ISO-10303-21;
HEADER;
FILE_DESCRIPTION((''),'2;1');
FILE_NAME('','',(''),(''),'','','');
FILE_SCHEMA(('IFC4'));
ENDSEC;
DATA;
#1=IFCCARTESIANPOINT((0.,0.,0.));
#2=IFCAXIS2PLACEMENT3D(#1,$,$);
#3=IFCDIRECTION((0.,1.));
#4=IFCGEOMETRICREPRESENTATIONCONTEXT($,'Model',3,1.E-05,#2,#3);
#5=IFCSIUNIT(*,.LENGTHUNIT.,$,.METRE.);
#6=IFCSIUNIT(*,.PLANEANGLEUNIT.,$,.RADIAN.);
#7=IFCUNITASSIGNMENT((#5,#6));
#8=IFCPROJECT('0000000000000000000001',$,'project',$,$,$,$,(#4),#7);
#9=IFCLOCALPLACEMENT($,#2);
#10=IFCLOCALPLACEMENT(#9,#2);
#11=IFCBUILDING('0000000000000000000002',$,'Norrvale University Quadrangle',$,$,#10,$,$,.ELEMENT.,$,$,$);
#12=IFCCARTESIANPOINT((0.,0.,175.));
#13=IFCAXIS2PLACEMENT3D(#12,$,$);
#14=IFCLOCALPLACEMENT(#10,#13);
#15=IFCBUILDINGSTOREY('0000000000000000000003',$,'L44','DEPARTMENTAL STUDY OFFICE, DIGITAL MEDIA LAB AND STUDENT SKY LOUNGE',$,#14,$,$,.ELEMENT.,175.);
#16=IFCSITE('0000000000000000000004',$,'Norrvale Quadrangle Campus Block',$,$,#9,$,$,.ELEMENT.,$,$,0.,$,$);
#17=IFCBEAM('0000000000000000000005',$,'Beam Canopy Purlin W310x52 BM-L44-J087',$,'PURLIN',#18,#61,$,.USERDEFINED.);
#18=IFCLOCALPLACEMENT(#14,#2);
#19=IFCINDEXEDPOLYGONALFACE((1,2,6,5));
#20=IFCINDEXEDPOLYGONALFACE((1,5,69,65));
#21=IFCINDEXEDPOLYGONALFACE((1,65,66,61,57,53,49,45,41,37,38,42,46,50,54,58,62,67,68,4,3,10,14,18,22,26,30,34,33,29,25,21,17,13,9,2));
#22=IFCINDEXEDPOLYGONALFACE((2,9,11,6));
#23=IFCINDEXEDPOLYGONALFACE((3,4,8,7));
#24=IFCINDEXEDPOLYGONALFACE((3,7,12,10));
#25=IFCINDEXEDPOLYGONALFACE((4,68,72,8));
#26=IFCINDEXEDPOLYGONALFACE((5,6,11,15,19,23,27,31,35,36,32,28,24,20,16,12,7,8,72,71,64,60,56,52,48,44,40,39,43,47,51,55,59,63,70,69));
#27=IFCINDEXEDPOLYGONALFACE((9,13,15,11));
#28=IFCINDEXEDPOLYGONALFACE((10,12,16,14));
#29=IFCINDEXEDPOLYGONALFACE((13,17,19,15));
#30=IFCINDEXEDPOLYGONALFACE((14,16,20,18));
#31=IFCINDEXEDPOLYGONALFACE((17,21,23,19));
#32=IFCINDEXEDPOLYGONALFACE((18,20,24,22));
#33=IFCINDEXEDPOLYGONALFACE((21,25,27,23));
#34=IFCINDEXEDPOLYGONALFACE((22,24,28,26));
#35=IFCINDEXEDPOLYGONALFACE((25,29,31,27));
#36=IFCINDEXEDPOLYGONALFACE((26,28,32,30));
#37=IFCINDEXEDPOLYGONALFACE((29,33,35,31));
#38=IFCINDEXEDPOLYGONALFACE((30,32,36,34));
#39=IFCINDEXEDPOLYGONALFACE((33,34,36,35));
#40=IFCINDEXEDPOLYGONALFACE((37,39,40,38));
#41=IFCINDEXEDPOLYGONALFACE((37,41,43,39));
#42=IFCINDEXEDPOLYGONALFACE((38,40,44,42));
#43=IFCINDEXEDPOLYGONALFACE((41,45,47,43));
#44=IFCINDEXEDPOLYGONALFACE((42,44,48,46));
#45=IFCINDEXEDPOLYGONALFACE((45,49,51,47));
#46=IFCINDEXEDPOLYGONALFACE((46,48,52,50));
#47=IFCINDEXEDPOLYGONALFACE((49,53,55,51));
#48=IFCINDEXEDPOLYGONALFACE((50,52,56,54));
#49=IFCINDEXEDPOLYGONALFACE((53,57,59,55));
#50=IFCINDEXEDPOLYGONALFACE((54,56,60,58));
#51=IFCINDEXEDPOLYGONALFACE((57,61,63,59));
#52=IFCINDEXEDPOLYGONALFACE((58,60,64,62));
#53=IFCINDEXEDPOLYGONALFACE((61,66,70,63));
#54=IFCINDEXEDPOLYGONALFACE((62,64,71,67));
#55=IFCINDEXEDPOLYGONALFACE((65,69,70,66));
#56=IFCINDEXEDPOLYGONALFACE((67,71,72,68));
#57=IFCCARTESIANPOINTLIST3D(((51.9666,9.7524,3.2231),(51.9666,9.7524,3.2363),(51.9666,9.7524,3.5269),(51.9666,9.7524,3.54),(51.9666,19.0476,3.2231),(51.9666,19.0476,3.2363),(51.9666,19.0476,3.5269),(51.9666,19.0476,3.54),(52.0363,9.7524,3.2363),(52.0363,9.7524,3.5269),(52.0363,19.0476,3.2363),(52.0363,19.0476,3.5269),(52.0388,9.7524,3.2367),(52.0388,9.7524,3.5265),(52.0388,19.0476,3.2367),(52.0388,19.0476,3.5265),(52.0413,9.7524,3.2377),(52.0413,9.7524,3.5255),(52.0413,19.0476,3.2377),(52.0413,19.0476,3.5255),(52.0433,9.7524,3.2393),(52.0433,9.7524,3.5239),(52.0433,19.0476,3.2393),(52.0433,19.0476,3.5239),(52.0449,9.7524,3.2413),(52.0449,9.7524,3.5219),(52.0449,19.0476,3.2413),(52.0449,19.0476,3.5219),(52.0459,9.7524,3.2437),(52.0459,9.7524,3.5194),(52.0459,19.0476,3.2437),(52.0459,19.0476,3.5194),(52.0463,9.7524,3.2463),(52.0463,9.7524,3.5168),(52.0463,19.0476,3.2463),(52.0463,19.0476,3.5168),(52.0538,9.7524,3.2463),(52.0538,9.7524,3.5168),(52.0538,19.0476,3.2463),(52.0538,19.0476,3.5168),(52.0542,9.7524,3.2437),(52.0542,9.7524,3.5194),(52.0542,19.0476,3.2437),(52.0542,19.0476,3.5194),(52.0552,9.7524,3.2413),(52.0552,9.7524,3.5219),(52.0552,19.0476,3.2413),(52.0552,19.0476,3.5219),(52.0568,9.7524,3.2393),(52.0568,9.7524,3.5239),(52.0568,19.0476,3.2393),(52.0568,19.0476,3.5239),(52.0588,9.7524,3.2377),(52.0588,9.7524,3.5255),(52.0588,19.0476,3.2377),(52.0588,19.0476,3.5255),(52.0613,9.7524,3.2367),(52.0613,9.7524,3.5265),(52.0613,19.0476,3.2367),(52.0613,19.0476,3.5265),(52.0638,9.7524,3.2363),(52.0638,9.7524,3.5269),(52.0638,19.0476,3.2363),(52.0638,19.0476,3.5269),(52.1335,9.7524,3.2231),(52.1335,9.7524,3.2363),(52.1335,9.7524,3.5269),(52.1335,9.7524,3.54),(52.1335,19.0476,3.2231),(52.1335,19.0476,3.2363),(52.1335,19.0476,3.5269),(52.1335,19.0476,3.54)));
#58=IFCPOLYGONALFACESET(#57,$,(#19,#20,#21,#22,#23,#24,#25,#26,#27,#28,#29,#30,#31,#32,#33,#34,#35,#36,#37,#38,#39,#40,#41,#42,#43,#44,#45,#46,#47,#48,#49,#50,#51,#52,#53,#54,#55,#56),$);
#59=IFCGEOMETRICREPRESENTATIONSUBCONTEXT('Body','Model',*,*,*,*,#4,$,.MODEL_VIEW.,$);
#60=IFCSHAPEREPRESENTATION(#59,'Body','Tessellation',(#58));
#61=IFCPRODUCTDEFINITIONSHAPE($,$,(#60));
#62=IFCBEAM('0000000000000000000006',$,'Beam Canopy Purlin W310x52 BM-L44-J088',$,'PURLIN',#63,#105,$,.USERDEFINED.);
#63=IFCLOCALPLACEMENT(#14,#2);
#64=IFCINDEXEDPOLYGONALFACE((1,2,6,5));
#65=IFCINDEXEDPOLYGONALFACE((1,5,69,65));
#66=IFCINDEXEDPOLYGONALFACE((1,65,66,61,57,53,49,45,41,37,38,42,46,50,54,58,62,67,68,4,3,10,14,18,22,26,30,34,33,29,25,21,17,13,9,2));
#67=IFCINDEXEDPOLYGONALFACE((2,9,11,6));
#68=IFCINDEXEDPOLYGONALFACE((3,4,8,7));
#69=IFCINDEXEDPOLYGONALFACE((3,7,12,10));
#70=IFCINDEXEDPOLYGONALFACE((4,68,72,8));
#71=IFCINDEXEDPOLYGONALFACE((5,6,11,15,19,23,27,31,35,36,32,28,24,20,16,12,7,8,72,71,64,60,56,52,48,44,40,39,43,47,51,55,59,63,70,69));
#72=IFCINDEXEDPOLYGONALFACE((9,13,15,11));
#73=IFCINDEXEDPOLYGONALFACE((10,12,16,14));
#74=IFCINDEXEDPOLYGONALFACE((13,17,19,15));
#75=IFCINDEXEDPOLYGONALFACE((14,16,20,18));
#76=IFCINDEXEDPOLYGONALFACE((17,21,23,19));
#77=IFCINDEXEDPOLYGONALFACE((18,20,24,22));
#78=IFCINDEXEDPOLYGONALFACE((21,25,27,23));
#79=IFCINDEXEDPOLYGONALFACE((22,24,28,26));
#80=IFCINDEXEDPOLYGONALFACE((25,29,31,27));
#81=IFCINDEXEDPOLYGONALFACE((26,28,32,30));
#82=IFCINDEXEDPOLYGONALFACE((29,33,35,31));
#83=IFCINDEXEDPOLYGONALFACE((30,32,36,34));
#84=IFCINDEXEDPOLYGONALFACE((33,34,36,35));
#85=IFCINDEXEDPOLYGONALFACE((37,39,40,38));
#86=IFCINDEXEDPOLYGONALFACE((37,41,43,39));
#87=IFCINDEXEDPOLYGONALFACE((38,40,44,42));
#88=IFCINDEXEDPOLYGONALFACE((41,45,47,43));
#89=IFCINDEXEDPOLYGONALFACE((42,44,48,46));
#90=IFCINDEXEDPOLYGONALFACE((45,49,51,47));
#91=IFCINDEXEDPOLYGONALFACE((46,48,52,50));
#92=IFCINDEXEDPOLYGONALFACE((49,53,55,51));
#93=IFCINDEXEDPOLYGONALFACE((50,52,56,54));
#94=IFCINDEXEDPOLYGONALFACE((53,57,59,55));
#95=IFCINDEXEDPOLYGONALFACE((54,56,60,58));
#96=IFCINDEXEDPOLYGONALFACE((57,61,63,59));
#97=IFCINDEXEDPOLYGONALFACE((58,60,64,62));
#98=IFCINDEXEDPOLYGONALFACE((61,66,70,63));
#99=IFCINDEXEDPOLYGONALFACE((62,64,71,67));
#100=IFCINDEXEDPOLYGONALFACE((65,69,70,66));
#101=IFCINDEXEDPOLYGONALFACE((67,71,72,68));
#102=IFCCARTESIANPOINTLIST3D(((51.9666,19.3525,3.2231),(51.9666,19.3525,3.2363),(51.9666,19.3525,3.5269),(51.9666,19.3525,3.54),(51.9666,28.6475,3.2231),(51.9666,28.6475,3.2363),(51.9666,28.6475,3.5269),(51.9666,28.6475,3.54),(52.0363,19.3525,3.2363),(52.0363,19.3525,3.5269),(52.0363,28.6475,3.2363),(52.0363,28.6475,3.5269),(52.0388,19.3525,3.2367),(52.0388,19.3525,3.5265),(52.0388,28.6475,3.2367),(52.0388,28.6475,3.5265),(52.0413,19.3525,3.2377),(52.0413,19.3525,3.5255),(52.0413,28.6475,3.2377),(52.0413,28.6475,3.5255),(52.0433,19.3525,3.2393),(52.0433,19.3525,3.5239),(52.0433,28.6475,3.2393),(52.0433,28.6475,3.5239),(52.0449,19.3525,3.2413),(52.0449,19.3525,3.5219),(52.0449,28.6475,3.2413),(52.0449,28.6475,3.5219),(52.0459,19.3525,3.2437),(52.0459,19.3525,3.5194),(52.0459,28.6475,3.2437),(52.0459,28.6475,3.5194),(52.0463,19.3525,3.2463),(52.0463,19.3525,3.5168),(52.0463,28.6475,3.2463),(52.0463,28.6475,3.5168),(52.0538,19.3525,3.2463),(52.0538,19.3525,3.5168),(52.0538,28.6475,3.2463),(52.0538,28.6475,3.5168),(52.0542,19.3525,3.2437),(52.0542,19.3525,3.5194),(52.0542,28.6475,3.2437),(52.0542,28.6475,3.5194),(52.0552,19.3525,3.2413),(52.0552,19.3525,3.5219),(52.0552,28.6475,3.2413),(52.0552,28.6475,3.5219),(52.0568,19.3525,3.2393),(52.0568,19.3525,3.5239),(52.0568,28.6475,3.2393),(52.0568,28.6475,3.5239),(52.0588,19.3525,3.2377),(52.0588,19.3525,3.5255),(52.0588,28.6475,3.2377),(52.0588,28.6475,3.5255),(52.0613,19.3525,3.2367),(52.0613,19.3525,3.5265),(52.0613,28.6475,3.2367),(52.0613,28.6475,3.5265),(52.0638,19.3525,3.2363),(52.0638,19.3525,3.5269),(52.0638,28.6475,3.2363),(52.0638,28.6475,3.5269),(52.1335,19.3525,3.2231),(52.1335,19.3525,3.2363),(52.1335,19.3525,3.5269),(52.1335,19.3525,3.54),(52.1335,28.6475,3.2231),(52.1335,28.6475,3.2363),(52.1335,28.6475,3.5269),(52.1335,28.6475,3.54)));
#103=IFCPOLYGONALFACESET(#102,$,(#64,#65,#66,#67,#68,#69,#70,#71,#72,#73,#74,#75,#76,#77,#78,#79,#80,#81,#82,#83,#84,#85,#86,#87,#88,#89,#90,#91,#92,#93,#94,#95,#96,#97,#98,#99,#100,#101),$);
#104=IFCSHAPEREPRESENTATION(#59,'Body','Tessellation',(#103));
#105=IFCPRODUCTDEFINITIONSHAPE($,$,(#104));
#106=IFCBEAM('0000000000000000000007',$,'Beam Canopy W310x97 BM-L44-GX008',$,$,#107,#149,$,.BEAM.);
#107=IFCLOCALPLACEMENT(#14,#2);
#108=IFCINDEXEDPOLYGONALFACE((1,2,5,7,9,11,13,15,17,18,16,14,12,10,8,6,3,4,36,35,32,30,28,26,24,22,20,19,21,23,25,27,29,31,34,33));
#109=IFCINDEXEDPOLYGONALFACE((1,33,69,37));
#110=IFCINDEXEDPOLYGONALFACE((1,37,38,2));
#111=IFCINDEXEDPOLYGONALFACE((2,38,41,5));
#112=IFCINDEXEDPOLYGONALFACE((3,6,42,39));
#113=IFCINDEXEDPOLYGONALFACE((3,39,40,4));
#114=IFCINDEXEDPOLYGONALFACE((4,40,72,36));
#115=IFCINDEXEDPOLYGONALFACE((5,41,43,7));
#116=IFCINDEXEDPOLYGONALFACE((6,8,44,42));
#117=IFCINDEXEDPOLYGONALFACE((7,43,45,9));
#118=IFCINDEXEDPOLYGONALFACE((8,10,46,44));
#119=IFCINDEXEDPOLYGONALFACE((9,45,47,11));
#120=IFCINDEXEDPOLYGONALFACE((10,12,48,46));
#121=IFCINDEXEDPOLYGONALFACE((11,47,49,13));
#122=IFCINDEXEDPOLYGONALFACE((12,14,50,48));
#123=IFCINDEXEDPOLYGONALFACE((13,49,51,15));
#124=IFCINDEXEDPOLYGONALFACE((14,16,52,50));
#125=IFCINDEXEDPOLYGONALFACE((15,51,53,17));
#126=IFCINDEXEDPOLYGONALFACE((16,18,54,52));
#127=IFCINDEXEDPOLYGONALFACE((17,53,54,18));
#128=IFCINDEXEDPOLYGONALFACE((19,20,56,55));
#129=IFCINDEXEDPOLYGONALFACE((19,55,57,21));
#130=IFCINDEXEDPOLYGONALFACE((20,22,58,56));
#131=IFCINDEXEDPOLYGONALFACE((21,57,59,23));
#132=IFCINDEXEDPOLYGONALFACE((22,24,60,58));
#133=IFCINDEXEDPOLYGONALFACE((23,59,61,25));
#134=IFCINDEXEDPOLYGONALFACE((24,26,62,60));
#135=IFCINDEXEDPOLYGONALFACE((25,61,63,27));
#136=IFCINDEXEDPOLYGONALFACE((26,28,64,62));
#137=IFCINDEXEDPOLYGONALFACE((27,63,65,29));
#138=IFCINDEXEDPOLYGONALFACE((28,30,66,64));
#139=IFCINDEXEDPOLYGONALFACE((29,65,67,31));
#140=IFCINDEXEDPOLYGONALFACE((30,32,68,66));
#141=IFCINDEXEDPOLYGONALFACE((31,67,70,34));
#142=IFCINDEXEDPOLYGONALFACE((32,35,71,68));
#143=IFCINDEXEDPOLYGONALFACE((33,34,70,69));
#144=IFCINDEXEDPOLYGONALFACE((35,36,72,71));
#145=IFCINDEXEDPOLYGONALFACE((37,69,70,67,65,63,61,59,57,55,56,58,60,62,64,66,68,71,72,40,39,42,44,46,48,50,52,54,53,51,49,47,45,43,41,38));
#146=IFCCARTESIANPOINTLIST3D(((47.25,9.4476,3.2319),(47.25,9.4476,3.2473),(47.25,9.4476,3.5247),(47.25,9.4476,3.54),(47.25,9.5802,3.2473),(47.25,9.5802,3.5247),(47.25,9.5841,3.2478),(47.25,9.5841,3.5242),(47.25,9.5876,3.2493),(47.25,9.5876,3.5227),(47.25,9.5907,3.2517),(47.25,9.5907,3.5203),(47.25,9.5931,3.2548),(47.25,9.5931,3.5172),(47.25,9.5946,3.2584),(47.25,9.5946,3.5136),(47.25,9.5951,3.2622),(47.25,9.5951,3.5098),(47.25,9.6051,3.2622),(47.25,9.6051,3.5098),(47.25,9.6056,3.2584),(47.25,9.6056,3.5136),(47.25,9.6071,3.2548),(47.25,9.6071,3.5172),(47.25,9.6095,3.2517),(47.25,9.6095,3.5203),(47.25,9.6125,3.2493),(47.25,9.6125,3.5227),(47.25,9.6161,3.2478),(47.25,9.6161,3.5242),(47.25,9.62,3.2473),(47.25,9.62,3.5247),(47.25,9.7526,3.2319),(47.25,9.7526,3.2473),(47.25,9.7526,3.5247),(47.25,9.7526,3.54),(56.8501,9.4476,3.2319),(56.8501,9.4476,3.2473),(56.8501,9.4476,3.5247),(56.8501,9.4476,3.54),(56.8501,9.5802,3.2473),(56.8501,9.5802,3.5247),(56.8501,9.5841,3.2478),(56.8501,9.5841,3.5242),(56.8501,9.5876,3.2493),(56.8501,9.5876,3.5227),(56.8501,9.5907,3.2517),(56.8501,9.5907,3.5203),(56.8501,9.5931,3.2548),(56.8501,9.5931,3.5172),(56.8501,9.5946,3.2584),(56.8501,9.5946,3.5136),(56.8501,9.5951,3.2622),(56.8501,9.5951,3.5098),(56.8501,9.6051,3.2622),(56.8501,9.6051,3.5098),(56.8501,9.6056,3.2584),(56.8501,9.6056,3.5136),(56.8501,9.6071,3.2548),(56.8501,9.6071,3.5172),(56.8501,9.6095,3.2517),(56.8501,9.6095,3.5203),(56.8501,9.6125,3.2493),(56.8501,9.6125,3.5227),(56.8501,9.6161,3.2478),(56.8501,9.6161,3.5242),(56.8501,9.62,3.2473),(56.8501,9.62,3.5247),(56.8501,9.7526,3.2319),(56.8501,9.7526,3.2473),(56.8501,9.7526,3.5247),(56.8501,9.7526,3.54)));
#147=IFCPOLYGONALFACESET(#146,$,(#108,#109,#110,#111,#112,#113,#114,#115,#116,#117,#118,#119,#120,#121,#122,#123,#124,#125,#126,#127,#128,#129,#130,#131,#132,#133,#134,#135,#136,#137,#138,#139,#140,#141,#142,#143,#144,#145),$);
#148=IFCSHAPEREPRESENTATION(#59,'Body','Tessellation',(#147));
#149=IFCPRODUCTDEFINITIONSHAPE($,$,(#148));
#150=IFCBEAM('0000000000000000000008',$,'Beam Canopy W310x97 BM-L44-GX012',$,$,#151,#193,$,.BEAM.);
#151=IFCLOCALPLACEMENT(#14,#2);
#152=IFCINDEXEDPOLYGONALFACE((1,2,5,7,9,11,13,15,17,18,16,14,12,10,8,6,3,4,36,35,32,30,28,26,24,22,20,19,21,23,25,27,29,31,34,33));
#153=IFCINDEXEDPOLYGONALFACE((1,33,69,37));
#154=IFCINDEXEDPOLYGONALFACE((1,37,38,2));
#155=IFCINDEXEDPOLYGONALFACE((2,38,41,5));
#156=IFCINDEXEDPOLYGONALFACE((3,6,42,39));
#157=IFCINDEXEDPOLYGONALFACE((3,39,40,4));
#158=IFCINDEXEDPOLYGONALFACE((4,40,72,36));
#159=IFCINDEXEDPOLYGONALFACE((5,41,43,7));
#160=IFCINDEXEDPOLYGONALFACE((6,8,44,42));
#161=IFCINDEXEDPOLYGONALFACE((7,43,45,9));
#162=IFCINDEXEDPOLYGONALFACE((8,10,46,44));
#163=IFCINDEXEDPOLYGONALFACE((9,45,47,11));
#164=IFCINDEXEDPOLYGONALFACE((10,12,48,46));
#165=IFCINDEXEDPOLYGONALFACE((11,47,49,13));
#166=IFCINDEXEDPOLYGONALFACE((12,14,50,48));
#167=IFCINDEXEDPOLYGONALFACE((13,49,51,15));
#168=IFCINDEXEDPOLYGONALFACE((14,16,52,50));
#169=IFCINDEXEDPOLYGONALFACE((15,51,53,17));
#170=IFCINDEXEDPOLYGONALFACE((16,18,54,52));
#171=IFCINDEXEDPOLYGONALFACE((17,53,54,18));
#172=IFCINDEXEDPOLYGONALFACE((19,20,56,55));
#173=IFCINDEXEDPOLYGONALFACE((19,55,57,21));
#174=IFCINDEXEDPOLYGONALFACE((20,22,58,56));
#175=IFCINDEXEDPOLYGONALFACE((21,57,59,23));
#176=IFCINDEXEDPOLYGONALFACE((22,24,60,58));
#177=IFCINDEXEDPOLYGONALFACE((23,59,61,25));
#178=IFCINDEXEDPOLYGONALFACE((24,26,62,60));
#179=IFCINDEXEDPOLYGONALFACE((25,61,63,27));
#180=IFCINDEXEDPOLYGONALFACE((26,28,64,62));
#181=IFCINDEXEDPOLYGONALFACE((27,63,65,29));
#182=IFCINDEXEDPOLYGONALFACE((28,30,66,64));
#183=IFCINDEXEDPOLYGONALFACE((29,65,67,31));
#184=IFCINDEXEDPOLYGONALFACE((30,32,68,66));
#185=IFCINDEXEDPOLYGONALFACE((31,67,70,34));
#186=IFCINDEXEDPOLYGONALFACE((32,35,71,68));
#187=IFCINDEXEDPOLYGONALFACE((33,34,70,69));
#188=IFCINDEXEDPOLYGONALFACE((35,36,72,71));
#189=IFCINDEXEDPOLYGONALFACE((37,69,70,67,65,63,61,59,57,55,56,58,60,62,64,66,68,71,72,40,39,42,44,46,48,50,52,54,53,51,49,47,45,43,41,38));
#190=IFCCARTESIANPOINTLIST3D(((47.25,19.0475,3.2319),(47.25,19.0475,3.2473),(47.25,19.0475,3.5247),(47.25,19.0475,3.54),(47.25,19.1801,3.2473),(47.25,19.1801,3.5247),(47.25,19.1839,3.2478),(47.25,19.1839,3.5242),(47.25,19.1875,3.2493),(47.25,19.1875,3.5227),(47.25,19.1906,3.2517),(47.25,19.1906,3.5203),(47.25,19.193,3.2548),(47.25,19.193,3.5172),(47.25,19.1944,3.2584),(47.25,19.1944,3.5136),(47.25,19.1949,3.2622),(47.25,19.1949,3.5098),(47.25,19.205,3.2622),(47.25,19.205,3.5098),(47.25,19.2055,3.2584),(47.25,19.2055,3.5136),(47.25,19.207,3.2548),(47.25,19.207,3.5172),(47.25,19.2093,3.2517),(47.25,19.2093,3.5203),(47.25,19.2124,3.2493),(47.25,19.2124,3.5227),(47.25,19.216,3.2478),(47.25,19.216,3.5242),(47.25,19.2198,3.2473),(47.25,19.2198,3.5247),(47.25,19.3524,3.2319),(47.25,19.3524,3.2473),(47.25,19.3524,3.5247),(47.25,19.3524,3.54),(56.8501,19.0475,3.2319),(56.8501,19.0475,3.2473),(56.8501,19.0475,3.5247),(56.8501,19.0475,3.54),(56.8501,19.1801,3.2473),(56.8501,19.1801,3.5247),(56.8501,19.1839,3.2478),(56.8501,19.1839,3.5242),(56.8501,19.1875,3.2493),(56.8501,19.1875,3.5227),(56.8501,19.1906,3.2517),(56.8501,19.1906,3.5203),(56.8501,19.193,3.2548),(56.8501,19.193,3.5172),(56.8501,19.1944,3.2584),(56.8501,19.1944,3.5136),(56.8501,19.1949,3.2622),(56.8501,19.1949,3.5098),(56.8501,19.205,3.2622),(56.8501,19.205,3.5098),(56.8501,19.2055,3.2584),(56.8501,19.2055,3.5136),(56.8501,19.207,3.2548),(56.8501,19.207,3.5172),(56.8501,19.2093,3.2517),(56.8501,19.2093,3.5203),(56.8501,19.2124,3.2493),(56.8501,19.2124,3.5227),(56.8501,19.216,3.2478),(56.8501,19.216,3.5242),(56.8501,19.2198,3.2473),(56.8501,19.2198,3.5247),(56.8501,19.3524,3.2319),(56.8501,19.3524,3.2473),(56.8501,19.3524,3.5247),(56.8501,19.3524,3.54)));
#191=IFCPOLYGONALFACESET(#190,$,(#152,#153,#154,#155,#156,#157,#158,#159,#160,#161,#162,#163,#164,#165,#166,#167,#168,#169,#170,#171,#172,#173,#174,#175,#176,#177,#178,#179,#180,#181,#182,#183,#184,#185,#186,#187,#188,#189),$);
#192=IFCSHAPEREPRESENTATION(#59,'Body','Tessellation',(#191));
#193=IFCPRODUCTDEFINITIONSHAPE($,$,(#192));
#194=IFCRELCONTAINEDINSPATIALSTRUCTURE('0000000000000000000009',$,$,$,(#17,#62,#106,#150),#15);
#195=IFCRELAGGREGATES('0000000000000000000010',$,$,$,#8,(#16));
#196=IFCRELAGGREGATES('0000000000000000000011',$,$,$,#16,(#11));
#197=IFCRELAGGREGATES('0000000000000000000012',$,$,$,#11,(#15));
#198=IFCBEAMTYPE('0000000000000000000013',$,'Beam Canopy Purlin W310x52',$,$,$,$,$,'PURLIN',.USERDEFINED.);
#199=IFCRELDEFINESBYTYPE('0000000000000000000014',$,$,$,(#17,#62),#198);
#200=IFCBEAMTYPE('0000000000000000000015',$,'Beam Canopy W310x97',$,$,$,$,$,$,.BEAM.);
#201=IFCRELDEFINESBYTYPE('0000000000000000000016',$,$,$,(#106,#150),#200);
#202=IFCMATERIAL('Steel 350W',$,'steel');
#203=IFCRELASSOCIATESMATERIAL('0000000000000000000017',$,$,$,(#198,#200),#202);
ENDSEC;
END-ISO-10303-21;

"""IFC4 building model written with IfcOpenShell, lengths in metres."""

from ifc_helpers import new_model, si_unit, direction, frame, origin, origin_2d, place, context, subcontext, project, spatial, i_section, extrude, material, material_profile, profile_set, type_object, element, save


model = new_model("IFC4")

# Units and contexts
model_context = context("Model", 3, precision=1e-05, world=origin(), true_north=direction((0.0, 1.0)))
body_context = subcontext(model_context, "Body", "Model", "MODEL_VIEW")
ifc_project = project(units=[si_unit("LENGTHUNIT", "METRE"), si_unit("PLANEANGLEUNIT", "RADIAN")], contexts=[model_context])

# Site, building, storey
site_placement = place(None, origin())
site = spatial("IfcSite", under=ifc_project, at=site_placement, Name="Norrvale Quadrangle Campus Block", CompositionType="ELEMENT", RefElevation=0.0)
building_placement = place(site_placement, origin())
building = spatial("IfcBuilding", under=site, at=building_placement, Name="Norrvale University Quadrangle", CompositionType="ELEMENT")
storey_placement = place(building_placement, frame((0.0, 0.0, 175.0)))
storey = spatial("IfcBuildingStorey", under=building, at=storey_placement, Name="L44", Description="DEPARTMENTAL STUDY OFFICE, DIGITAL MEDIA LAB AND STUDENT SKY LOUNGE", CompositionType="ELEMENT", Elevation=175.0)

# Beams
ifc_material_1 = material(Name="Steel 350W", Category="steel")
ifc_material_profile_1 = material_profile(ifc_material_1, i_section(OverallWidth=0.167, OverallDepth=0.3169, WebThickness=0.0076, FlangeThickness=0.0132, FilletRadius=0.01, at=origin_2d()), Name="Steel 350W")
ifc_profile_set_1 = profile_set([ifc_material_profile_1], Name="Steel 350W")
beam_type_1 = type_object("IfcBeamType", Name="Beam Canopy Purlin W310x52", ElementType="PURLIN", PredefinedType="USERDEFINED", material=ifc_profile_set_1)
beam_1_placement = place(storey_placement, frame((52.05, 9.7524, 3.3816), z_axis=(0.0, 1.0, 0.0), x_axis=(-1.0, 0.0, 0.0)))
element("IfcBeam", 1, at=beam_1_placement, inside=storey, type_object=beam_type_1, Name="Beam Canopy Purlin W310x52 BM-L44-J087", ObjectType="PURLIN", PredefinedType="USERDEFINED", context=body_context, shape_type="SweptSolid", body=[
    extrude(i_section(OverallWidth=0.167, OverallDepth=0.3169, WebThickness=0.0076, FlangeThickness=0.0132, FilletRadius=0.01, at=origin_2d()), origin(), (0.0, 0.0, 1.0), 9.2952),
])
beam_2_placement = place(storey_placement, frame((52.05, 19.3525, 3.3816), z_axis=(0.0, 1.0, 0.0), x_axis=(-1.0, 0.0, 0.0)))
element("IfcBeam", 2, at=beam_2_placement, inside=storey, type_object=beam_type_1, Name="Beam Canopy Purlin W310x52 BM-L44-J088", ObjectType="PURLIN", PredefinedType="USERDEFINED", context=body_context, shape_type="SweptSolid", body=[
    extrude(i_section(OverallWidth=0.167, OverallDepth=0.3169, WebThickness=0.0076, FlangeThickness=0.0132, FilletRadius=0.01, at=origin_2d()), origin(), (0.0, 0.0, 1.0), 9.2949),
])
ifc_material_profile_2 = material_profile(ifc_material_1, i_section(OverallWidth=0.3049, OverallDepth=0.3081, WebThickness=0.01, FlangeThickness=0.0154, FilletRadius=0.0149, at=origin_2d()), Name="Steel 350W")
ifc_profile_set_2 = profile_set([ifc_material_profile_2], Name="Steel 350W")
beam_type_2 = type_object("IfcBeamType", Name="Beam Canopy W310x97", PredefinedType="BEAM", material=ifc_profile_set_2)
for number, where, z_axis, x_axis, name in (
    (3, (47.25, 9.6001, 3.386), (1.0, 0.0, 0.0), (0.0, 1.0, 0.0), "Beam Canopy W310x97 BM-L44-GX008"),
    (4, (47.25, 19.2, 3.386), (1.0, 0.0, 0.0), (0.0, 1.0, 0.0), "Beam Canopy W310x97 BM-L44-GX012"),
):
    element("IfcBeam", number, at=place(storey_placement, frame(where, z_axis=z_axis, x_axis=x_axis)), inside=storey, type_object=beam_type_2, Name=name, PredefinedType="BEAM", context=body_context, shape_type="SweptSolid", body=[
        extrude(i_section(OverallWidth=0.3049, OverallDepth=0.3081, WebThickness=0.01, FlangeThickness=0.0154, FilletRadius=0.0149, at=origin_2d()), origin(), (0.0, 0.0, 1.0), 9.6001),
    ])

save(model, "model.ifc")
